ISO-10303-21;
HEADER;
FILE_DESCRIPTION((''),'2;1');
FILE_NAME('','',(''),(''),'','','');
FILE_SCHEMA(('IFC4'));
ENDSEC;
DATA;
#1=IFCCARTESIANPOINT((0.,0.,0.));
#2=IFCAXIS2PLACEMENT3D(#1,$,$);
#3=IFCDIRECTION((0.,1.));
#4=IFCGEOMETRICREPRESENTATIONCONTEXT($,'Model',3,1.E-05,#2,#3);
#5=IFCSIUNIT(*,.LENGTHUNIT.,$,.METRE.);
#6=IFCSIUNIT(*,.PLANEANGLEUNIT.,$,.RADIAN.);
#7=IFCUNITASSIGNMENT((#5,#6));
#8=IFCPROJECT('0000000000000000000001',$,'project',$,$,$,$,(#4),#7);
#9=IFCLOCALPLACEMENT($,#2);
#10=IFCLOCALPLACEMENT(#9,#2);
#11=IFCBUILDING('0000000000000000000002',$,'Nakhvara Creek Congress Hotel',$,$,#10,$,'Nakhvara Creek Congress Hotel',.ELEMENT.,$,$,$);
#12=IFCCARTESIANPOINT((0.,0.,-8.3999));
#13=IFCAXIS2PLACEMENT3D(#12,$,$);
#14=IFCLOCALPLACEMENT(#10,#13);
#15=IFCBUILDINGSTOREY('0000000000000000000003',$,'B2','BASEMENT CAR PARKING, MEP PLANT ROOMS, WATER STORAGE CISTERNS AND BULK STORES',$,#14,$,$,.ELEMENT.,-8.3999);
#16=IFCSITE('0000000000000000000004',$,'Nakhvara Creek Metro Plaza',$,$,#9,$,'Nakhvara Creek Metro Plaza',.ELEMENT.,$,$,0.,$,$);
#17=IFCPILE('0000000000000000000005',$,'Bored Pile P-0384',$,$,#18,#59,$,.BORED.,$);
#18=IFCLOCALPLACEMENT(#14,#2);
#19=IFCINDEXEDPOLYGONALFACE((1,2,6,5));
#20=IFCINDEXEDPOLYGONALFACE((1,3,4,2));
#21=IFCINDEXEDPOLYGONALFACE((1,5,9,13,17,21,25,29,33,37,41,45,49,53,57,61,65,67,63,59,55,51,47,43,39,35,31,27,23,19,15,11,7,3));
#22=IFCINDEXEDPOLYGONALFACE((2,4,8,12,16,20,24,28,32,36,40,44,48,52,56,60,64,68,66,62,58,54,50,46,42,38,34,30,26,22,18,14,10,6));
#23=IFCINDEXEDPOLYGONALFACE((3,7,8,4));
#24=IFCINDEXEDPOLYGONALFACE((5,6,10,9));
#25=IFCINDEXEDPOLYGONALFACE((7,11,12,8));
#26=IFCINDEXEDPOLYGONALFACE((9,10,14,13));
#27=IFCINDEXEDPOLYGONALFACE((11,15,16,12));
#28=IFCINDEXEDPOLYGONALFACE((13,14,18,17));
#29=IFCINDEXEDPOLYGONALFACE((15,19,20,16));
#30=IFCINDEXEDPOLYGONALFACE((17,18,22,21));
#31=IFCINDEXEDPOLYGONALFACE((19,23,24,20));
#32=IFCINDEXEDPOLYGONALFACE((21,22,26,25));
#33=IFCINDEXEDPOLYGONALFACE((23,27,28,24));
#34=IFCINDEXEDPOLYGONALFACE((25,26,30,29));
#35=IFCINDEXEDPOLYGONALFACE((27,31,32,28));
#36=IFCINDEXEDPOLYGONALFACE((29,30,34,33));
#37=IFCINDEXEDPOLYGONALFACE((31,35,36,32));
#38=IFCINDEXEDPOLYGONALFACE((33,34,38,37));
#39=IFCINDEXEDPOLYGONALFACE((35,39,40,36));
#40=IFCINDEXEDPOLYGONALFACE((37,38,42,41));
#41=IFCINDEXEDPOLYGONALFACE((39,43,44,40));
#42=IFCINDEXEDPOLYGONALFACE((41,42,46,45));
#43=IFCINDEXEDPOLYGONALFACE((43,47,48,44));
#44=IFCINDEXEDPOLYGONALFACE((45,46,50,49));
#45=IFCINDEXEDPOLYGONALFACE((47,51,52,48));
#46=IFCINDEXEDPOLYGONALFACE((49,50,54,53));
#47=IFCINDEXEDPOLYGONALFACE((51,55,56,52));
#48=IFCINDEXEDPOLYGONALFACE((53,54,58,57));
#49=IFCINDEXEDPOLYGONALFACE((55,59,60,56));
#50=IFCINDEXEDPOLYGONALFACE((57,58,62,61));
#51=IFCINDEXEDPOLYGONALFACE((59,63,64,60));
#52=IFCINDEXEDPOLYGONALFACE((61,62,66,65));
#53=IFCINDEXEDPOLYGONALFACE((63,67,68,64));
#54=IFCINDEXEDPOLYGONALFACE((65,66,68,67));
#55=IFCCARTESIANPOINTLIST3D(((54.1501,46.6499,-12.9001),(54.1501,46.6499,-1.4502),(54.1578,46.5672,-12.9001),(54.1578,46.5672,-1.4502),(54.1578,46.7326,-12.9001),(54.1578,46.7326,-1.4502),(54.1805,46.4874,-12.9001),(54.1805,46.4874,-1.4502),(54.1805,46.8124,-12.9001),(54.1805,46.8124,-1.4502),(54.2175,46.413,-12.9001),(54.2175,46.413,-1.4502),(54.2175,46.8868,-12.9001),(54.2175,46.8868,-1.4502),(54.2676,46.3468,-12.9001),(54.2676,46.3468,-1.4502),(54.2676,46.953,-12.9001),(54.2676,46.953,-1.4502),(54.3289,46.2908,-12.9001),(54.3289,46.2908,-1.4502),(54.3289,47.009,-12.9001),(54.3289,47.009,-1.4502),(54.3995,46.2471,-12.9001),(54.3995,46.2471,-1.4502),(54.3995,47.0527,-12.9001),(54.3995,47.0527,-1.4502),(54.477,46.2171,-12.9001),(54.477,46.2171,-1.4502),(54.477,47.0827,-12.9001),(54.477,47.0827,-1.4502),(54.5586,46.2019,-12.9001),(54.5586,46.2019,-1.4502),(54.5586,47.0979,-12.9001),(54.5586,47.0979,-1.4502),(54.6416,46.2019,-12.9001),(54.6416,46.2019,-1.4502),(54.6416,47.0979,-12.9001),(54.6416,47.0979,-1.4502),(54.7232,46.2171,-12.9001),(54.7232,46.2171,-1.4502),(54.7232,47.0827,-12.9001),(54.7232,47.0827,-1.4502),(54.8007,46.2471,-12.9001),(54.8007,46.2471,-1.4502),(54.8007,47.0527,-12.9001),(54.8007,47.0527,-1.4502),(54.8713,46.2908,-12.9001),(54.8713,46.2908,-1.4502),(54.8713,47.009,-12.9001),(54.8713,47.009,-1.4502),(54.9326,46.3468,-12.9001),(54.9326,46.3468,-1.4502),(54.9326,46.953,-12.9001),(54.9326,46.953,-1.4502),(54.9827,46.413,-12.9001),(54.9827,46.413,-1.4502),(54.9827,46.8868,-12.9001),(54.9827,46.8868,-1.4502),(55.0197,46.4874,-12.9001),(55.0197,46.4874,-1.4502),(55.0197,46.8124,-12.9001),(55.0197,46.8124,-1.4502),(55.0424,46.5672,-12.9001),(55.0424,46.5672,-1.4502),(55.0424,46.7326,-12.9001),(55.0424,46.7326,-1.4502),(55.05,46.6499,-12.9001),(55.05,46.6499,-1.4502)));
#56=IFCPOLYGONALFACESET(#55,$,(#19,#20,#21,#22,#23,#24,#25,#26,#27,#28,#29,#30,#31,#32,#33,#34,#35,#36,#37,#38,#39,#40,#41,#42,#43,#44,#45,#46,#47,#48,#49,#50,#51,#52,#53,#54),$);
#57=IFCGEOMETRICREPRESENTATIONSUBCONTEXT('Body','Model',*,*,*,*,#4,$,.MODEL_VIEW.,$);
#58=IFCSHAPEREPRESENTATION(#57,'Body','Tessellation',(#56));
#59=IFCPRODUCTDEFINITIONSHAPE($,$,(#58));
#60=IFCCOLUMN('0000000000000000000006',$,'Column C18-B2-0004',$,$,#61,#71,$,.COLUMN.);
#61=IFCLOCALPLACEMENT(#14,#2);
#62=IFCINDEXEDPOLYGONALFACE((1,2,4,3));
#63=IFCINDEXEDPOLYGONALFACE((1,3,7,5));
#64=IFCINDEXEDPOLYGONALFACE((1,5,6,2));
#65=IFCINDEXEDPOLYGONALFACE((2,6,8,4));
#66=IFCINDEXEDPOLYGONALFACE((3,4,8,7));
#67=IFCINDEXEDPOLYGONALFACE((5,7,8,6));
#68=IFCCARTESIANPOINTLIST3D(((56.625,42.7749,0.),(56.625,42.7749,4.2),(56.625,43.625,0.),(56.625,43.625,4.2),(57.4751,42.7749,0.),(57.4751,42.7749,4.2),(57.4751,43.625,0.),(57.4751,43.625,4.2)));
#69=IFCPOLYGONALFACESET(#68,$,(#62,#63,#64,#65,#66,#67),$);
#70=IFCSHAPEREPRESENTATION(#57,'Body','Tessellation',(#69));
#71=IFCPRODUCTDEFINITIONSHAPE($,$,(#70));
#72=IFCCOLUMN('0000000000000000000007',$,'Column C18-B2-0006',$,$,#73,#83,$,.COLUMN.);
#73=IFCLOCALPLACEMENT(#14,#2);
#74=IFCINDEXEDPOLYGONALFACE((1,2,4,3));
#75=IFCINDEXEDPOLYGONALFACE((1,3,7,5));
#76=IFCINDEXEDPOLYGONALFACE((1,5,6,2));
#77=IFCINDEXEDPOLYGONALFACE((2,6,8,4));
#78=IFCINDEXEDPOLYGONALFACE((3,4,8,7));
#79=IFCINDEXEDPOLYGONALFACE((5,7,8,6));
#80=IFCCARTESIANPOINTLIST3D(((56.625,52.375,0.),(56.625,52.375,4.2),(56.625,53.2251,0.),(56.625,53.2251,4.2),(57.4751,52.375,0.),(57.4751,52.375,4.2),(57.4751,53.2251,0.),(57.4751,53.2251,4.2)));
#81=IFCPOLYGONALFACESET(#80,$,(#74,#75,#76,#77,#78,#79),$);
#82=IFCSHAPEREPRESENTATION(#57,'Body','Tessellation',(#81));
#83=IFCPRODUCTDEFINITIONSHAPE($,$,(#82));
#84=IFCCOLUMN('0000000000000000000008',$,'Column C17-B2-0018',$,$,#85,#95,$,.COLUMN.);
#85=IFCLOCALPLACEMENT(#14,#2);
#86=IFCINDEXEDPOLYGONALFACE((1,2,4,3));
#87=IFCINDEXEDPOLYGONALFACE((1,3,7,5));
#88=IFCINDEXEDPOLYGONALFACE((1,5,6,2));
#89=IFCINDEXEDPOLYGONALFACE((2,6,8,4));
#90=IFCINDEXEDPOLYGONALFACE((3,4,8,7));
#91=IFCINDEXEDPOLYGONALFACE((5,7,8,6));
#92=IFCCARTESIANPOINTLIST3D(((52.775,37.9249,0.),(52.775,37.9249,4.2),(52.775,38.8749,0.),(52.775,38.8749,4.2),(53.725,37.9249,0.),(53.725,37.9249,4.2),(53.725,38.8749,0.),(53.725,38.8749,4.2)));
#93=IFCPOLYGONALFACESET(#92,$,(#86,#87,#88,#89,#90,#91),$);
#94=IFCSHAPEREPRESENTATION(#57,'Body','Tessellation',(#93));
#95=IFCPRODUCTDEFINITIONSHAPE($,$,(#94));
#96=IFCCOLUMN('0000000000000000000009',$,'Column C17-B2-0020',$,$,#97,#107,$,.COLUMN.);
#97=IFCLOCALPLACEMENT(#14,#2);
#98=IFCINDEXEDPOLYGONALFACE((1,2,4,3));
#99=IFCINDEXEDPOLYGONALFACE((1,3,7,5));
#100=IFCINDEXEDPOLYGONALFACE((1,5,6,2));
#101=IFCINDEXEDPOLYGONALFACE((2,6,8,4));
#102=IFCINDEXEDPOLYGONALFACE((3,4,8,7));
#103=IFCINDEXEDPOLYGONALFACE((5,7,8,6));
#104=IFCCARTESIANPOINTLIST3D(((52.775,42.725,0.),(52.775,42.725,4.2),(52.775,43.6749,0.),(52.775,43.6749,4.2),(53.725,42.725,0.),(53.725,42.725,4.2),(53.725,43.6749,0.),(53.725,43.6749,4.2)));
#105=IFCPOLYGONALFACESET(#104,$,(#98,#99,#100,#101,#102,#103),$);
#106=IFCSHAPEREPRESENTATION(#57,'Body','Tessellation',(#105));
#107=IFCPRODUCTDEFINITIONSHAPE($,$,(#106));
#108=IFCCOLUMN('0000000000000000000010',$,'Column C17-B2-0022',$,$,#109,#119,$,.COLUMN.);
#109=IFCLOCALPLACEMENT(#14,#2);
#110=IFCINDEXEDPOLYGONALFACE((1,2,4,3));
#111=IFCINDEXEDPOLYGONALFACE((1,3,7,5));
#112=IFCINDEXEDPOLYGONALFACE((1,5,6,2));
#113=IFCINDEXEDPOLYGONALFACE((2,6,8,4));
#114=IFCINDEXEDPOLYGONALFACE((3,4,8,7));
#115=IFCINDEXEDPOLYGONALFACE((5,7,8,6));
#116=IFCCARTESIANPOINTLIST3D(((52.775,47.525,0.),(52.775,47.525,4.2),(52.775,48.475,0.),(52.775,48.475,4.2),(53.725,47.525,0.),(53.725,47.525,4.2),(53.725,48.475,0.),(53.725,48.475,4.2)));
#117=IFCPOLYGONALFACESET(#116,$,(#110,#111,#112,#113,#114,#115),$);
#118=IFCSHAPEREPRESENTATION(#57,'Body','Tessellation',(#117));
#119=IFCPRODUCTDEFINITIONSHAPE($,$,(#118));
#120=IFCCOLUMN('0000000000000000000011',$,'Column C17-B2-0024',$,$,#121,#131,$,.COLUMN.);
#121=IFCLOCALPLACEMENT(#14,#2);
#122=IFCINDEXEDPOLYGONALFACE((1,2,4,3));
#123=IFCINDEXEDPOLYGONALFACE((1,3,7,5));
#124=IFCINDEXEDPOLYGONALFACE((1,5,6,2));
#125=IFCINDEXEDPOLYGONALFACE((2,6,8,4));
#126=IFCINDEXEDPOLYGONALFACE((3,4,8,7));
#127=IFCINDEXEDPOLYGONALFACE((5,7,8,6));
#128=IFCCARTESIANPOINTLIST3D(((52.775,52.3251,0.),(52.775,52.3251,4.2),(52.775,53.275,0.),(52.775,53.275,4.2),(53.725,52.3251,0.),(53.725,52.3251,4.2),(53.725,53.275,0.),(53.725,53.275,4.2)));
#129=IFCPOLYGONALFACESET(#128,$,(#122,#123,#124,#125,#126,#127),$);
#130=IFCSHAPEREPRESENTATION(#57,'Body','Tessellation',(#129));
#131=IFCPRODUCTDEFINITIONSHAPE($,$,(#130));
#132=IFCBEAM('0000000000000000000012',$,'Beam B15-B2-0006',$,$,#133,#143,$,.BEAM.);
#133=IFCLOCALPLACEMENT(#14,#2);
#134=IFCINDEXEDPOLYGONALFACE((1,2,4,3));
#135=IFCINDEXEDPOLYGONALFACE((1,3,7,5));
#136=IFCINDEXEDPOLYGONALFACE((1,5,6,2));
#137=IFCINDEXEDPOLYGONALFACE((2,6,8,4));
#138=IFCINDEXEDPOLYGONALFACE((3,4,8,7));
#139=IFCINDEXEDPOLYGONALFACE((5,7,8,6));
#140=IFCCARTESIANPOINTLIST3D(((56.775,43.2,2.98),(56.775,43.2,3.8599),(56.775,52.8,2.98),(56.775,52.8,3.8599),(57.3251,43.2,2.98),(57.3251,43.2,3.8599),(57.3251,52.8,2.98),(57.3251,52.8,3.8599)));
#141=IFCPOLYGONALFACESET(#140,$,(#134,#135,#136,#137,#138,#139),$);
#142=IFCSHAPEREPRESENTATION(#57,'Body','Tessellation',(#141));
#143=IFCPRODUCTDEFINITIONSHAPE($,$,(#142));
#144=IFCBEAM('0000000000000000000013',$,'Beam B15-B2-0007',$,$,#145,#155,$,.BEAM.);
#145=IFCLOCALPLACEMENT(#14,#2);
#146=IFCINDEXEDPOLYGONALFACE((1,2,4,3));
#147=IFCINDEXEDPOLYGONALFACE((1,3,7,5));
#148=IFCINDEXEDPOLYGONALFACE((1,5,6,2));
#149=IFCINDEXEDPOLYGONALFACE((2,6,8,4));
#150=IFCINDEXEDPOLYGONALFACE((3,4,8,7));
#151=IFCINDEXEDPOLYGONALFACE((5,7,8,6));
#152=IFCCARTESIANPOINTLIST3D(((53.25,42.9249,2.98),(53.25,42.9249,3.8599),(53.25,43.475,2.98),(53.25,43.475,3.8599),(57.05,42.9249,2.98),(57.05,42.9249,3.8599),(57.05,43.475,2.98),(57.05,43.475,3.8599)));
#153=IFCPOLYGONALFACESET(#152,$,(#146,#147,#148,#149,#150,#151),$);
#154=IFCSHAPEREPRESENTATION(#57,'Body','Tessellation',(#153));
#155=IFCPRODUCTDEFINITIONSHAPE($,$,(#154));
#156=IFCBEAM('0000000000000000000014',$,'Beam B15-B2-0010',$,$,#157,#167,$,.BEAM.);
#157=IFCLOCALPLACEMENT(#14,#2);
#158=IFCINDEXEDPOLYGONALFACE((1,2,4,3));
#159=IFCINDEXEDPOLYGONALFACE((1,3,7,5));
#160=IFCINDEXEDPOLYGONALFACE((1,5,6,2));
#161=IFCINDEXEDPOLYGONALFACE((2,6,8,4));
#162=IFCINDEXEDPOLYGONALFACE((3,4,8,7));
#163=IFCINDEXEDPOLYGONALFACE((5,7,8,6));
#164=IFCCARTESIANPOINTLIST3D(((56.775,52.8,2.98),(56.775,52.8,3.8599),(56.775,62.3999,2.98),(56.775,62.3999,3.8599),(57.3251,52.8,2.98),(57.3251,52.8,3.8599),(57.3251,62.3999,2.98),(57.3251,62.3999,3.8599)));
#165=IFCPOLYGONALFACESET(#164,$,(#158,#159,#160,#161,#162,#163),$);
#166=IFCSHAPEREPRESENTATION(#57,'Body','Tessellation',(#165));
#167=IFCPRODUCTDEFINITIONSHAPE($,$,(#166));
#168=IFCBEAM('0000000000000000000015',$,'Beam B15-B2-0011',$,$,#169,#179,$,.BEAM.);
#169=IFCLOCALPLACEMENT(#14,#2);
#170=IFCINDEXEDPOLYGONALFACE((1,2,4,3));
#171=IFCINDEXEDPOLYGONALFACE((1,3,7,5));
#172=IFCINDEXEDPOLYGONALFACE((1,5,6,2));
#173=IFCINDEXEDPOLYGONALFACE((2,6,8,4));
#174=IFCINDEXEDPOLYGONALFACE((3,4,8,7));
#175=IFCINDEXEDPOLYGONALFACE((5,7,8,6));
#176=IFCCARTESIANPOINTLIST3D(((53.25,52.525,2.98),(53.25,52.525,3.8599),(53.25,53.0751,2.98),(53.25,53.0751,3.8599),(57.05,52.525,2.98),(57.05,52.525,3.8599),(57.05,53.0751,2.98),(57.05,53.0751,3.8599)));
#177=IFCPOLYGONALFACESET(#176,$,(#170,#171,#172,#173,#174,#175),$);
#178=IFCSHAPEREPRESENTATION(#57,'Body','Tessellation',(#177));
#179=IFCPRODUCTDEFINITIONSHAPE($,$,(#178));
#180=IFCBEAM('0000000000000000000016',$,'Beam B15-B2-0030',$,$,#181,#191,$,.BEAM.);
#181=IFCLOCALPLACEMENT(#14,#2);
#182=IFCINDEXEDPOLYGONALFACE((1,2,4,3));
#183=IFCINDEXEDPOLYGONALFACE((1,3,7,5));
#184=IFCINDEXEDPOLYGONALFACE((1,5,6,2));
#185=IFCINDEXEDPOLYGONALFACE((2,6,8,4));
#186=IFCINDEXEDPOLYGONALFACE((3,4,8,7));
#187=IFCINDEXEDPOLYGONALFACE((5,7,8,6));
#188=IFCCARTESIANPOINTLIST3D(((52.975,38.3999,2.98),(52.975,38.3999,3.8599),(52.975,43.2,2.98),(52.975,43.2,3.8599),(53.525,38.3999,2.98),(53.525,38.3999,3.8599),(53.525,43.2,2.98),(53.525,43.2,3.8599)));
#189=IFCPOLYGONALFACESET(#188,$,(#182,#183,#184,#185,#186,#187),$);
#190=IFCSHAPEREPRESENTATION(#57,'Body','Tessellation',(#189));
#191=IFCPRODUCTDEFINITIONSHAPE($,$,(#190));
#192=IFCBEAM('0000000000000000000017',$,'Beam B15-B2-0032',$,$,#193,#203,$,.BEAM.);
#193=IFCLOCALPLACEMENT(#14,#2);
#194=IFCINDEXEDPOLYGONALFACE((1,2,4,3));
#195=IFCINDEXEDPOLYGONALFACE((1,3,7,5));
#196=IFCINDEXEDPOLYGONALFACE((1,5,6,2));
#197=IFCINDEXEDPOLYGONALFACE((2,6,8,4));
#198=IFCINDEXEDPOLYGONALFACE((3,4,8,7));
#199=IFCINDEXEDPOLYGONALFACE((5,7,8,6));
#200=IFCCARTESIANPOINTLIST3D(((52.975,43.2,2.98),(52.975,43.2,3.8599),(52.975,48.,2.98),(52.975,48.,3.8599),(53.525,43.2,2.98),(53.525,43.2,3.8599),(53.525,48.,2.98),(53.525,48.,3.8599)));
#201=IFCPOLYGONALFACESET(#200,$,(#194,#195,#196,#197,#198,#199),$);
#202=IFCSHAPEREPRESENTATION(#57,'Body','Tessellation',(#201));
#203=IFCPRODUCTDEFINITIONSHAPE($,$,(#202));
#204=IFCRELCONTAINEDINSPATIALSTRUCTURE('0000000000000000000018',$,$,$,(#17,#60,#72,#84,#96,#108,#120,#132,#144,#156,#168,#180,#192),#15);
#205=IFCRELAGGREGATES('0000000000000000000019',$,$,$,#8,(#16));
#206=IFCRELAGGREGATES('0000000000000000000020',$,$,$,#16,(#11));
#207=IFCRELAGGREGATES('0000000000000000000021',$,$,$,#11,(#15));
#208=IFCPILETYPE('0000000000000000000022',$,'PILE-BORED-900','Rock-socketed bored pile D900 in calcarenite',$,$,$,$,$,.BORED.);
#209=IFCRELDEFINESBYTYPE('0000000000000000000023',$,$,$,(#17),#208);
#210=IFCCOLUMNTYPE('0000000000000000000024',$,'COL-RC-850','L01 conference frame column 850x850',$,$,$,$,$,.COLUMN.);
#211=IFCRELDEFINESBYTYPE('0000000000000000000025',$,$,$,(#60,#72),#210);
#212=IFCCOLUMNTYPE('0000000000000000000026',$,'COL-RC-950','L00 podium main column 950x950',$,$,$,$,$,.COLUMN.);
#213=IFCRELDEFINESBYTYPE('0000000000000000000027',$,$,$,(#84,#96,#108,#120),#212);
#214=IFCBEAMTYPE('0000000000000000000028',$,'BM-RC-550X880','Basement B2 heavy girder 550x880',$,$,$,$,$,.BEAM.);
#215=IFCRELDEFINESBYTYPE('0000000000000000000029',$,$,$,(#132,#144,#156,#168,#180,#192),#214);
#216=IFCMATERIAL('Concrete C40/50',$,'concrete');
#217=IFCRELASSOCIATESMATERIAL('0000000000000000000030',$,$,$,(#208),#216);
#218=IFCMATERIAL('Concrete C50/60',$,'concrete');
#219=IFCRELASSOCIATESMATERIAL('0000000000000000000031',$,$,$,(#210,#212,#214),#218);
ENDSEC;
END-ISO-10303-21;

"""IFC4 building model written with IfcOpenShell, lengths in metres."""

from ifc_helpers import new_model, si_unit, direction, frame, origin, origin_2d, place, context, subcontext, project, spatial, rectangle, circle, extrude, material, material_profile, profile_set, type_object, element, save


model = new_model("IFC4")

# Units and contexts
model_context = context("Model", 3, precision=1e-05, world=origin(), true_north=direction((0.0, 1.0)))
body_context = subcontext(model_context, "Body", "Model", "MODEL_VIEW")
ifc_project = project(units=[si_unit("LENGTHUNIT", "METRE"), si_unit("PLANEANGLEUNIT", "RADIAN")], contexts=[model_context])

# Site, building, storey
site_placement = place(None, origin())
site = spatial("IfcSite", under=ifc_project, at=site_placement, Name="Nakhvara Creek Metro Plaza", LongName="Nakhvara Creek Metro Plaza", CompositionType="ELEMENT", RefElevation=0.0)
building_placement = place(site_placement, origin())
building = spatial("IfcBuilding", under=site, at=building_placement, Name="Nakhvara Creek Congress Hotel", LongName="Nakhvara Creek Congress Hotel", CompositionType="ELEMENT")
storey_placement = place(building_placement, frame((0.0, 0.0, -8.3999)))
storey = spatial("IfcBuildingStorey", under=building, at=storey_placement, Name="B2", Description="BASEMENT CAR PARKING, MEP PLANT ROOMS, WATER STORAGE CISTERNS AND BULK STORES", CompositionType="ELEMENT", Elevation=-8.3999)

# Shared definitions
ifc_material_1 = material(Name="Concrete C40/50", Category="concrete")

# Pile
ifc_material_profile_1 = material_profile(ifc_material_1, circle(Radius=0.45, at=origin_2d()), Name="BORED PILE D900", Category="LoadBearing")
ifc_profile_set_1 = profile_set([ifc_material_profile_1], Name="Concrete C40/50")
pile_type = type_object("IfcPileType", Name="PILE-BORED-900", Description="Rock-socketed bored pile D900 in calcarenite", PredefinedType="BORED", material=ifc_profile_set_1)
pile_placement = place(storey_placement, frame((54.6001, 46.6499, -1.4502), z_axis=(0.0, 0.0, -1.0), x_axis=(1.0, 0.0, 0.0)))
element("IfcPile", 1, at=pile_placement, inside=storey, type_object=pile_type, Name="Bored Pile P-0384", PredefinedType="BORED", context=body_context, shape_type="SweptSolid", body=[
    extrude(circle(Radius=0.45, at=origin_2d()), origin(), (0.0, 0.0, 1.0), 11.45),
])

# Columns
ifc_material_2 = material(Name="Concrete C50/60", Category="concrete")
ifc_material_profile_2 = material_profile(ifc_material_2, rectangle(XDim=0.8501, YDim=0.8501, at=origin_2d()), Name="RC-COL 850x850", Category="LoadBearing")
ifc_profile_set_2 = profile_set([ifc_material_profile_2], Name="Concrete C50/60")
column_type_1 = type_object("IfcColumnType", Name="COL-RC-850", Description="L01 conference frame column 850x850", PredefinedType="COLUMN", material=ifc_profile_set_2)
for number, where, z_axis, x_axis, name in (
    (2, (57.05, 43.2, 0.0), (0.0, 0.0, 1.0), (1.0, 0.0, 0.0), "Column C18-B2-0004"),
    (3, (57.05, 52.8, 0.0), (0.0, 0.0, 1.0), (1.0, 0.0, 0.0), "Column C18-B2-0006"),
):
    element("IfcColumn", number, at=place(storey_placement, frame(where, z_axis=z_axis, x_axis=x_axis)), inside=storey, type_object=column_type_1, Name=name, PredefinedType="COLUMN", context=body_context, shape_type="SweptSolid", body=[
        extrude(rectangle(XDim=0.8501, YDim=0.8501, at=origin_2d()), origin(), (0.0, 0.0, 1.0), 4.2),
    ])
ifc_material_profile_3 = material_profile(ifc_material_2, rectangle(XDim=0.95, YDim=0.95, at=origin_2d()), Name="RC-COL 950x950", Category="LoadBearing")
ifc_profile_set_3 = profile_set([ifc_material_profile_3], Name="Concrete C50/60")
column_type_2 = type_object("IfcColumnType", Name="COL-RC-950", Description="L00 podium main column 950x950", PredefinedType="COLUMN", material=ifc_profile_set_3)
for number, where, z_axis, x_axis, name in (
    (4, (53.25, 38.3999, 0.0), (0.0, 0.0, 1.0), (1.0, 0.0, 0.0), "Column C17-B2-0018"),
    (5, (53.25, 43.2, 0.0), (0.0, 0.0, 1.0), (1.0, 0.0, 0.0), "Column C17-B2-0020"),
    (6, (53.25, 48.0, 0.0), (0.0, 0.0, 1.0), (1.0, 0.0, 0.0), "Column C17-B2-0022"),
    (7, (53.25, 52.8, 0.0), (0.0, 0.0, 1.0), (1.0, 0.0, 0.0), "Column C17-B2-0024"),
):
    element("IfcColumn", number, at=place(storey_placement, frame(where, z_axis=z_axis, x_axis=x_axis)), inside=storey, type_object=column_type_2, Name=name, PredefinedType="COLUMN", context=body_context, shape_type="SweptSolid", body=[
        extrude(rectangle(XDim=0.95, YDim=0.95, at=origin_2d()), origin(), (0.0, 0.0, 1.0), 4.2),
    ])

# Beams
ifc_material_profile_4 = material_profile(ifc_material_2, rectangle(XDim=0.55, YDim=0.8799, at=origin_2d()), Name="RC-BM 550x880", Category="LoadBearing")
ifc_profile_set_4 = profile_set([ifc_material_profile_4], Name="Concrete C50/60")
beam_type = type_object("IfcBeamType", Name="BM-RC-550X880", Description="Basement B2 heavy girder 550x880", PredefinedType="BEAM", material=ifc_profile_set_4)
beam_1_placement = place(storey_placement, frame((57.05, 43.2, 3.4199), z_axis=(0.0, 1.0, 0.0), x_axis=(-1.0, 0.0, 0.0)))
element("IfcBeam", 8, at=beam_1_placement, inside=storey, type_object=beam_type, Name="Beam B15-B2-0006", PredefinedType="BEAM", context=body_context, shape_type="SweptSolid", body=[
    extrude(rectangle(XDim=0.55, YDim=0.8799, at=origin_2d()), origin(), (0.0, 0.0, 1.0), 9.6001),
])
beam_2_placement = place(storey_placement, frame((53.25, 43.2, 3.4199), z_axis=(1.0, 0.0, 0.0), x_axis=(0.0, 1.0, 0.0)))
element("IfcBeam", 9, at=beam_2_placement, inside=storey, type_object=beam_type, Name="Beam B15-B2-0007", PredefinedType="BEAM", context=body_context, shape_type="SweptSolid", body=[
    extrude(rectangle(XDim=0.55, YDim=0.8799, at=origin_2d()), origin(), (0.0, 0.0, 1.0), 3.8),
])
beam_3_placement = place(storey_placement, frame((57.05, 52.8, 3.4199), z_axis=(0.0, 1.0, 0.0), x_axis=(-1.0, 0.0, 0.0)))
element("IfcBeam", 10, at=beam_3_placement, inside=storey, type_object=beam_type, Name="Beam B15-B2-0010", PredefinedType="BEAM", context=body_context, shape_type="SweptSolid", body=[
    extrude(rectangle(XDim=0.55, YDim=0.8799, at=origin_2d()), origin(), (0.0, 0.0, 1.0), 9.5999),
])
beam_4_placement = place(storey_placement, frame((53.25, 52.8, 3.4199), z_axis=(1.0, 0.0, 0.0), x_axis=(0.0, 1.0, 0.0)))
element("IfcBeam", 11, at=beam_4_placement, inside=storey, type_object=beam_type, Name="Beam B15-B2-0011", PredefinedType="BEAM", context=body_context, shape_type="SweptSolid", body=[
    extrude(rectangle(XDim=0.55, YDim=0.8799, at=origin_2d()), origin(), (0.0, 0.0, 1.0), 3.8),
])
for number, where, z_axis, x_axis, name in (
    (12, (53.25, 38.3999, 3.4199), (0.0, 1.0, 0.0), (-1.0, 0.0, 0.0), "Beam B15-B2-0030"),
    (13, (53.25, 43.2, 3.4199), (0.0, 1.0, 0.0), (-1.0, 0.0, 0.0), "Beam B15-B2-0032"),
):
    element("IfcBeam", number, at=place(storey_placement, frame(where, z_axis=z_axis, x_axis=x_axis)), inside=storey, type_object=beam_type, Name=name, PredefinedType="BEAM", context=body_context, shape_type="SweptSolid", body=[
        extrude(rectangle(XDim=0.55, YDim=0.8799, at=origin_2d()), origin(), (0.0, 0.0, 1.0), 4.8),
    ])

save(model, "model.ifc")
